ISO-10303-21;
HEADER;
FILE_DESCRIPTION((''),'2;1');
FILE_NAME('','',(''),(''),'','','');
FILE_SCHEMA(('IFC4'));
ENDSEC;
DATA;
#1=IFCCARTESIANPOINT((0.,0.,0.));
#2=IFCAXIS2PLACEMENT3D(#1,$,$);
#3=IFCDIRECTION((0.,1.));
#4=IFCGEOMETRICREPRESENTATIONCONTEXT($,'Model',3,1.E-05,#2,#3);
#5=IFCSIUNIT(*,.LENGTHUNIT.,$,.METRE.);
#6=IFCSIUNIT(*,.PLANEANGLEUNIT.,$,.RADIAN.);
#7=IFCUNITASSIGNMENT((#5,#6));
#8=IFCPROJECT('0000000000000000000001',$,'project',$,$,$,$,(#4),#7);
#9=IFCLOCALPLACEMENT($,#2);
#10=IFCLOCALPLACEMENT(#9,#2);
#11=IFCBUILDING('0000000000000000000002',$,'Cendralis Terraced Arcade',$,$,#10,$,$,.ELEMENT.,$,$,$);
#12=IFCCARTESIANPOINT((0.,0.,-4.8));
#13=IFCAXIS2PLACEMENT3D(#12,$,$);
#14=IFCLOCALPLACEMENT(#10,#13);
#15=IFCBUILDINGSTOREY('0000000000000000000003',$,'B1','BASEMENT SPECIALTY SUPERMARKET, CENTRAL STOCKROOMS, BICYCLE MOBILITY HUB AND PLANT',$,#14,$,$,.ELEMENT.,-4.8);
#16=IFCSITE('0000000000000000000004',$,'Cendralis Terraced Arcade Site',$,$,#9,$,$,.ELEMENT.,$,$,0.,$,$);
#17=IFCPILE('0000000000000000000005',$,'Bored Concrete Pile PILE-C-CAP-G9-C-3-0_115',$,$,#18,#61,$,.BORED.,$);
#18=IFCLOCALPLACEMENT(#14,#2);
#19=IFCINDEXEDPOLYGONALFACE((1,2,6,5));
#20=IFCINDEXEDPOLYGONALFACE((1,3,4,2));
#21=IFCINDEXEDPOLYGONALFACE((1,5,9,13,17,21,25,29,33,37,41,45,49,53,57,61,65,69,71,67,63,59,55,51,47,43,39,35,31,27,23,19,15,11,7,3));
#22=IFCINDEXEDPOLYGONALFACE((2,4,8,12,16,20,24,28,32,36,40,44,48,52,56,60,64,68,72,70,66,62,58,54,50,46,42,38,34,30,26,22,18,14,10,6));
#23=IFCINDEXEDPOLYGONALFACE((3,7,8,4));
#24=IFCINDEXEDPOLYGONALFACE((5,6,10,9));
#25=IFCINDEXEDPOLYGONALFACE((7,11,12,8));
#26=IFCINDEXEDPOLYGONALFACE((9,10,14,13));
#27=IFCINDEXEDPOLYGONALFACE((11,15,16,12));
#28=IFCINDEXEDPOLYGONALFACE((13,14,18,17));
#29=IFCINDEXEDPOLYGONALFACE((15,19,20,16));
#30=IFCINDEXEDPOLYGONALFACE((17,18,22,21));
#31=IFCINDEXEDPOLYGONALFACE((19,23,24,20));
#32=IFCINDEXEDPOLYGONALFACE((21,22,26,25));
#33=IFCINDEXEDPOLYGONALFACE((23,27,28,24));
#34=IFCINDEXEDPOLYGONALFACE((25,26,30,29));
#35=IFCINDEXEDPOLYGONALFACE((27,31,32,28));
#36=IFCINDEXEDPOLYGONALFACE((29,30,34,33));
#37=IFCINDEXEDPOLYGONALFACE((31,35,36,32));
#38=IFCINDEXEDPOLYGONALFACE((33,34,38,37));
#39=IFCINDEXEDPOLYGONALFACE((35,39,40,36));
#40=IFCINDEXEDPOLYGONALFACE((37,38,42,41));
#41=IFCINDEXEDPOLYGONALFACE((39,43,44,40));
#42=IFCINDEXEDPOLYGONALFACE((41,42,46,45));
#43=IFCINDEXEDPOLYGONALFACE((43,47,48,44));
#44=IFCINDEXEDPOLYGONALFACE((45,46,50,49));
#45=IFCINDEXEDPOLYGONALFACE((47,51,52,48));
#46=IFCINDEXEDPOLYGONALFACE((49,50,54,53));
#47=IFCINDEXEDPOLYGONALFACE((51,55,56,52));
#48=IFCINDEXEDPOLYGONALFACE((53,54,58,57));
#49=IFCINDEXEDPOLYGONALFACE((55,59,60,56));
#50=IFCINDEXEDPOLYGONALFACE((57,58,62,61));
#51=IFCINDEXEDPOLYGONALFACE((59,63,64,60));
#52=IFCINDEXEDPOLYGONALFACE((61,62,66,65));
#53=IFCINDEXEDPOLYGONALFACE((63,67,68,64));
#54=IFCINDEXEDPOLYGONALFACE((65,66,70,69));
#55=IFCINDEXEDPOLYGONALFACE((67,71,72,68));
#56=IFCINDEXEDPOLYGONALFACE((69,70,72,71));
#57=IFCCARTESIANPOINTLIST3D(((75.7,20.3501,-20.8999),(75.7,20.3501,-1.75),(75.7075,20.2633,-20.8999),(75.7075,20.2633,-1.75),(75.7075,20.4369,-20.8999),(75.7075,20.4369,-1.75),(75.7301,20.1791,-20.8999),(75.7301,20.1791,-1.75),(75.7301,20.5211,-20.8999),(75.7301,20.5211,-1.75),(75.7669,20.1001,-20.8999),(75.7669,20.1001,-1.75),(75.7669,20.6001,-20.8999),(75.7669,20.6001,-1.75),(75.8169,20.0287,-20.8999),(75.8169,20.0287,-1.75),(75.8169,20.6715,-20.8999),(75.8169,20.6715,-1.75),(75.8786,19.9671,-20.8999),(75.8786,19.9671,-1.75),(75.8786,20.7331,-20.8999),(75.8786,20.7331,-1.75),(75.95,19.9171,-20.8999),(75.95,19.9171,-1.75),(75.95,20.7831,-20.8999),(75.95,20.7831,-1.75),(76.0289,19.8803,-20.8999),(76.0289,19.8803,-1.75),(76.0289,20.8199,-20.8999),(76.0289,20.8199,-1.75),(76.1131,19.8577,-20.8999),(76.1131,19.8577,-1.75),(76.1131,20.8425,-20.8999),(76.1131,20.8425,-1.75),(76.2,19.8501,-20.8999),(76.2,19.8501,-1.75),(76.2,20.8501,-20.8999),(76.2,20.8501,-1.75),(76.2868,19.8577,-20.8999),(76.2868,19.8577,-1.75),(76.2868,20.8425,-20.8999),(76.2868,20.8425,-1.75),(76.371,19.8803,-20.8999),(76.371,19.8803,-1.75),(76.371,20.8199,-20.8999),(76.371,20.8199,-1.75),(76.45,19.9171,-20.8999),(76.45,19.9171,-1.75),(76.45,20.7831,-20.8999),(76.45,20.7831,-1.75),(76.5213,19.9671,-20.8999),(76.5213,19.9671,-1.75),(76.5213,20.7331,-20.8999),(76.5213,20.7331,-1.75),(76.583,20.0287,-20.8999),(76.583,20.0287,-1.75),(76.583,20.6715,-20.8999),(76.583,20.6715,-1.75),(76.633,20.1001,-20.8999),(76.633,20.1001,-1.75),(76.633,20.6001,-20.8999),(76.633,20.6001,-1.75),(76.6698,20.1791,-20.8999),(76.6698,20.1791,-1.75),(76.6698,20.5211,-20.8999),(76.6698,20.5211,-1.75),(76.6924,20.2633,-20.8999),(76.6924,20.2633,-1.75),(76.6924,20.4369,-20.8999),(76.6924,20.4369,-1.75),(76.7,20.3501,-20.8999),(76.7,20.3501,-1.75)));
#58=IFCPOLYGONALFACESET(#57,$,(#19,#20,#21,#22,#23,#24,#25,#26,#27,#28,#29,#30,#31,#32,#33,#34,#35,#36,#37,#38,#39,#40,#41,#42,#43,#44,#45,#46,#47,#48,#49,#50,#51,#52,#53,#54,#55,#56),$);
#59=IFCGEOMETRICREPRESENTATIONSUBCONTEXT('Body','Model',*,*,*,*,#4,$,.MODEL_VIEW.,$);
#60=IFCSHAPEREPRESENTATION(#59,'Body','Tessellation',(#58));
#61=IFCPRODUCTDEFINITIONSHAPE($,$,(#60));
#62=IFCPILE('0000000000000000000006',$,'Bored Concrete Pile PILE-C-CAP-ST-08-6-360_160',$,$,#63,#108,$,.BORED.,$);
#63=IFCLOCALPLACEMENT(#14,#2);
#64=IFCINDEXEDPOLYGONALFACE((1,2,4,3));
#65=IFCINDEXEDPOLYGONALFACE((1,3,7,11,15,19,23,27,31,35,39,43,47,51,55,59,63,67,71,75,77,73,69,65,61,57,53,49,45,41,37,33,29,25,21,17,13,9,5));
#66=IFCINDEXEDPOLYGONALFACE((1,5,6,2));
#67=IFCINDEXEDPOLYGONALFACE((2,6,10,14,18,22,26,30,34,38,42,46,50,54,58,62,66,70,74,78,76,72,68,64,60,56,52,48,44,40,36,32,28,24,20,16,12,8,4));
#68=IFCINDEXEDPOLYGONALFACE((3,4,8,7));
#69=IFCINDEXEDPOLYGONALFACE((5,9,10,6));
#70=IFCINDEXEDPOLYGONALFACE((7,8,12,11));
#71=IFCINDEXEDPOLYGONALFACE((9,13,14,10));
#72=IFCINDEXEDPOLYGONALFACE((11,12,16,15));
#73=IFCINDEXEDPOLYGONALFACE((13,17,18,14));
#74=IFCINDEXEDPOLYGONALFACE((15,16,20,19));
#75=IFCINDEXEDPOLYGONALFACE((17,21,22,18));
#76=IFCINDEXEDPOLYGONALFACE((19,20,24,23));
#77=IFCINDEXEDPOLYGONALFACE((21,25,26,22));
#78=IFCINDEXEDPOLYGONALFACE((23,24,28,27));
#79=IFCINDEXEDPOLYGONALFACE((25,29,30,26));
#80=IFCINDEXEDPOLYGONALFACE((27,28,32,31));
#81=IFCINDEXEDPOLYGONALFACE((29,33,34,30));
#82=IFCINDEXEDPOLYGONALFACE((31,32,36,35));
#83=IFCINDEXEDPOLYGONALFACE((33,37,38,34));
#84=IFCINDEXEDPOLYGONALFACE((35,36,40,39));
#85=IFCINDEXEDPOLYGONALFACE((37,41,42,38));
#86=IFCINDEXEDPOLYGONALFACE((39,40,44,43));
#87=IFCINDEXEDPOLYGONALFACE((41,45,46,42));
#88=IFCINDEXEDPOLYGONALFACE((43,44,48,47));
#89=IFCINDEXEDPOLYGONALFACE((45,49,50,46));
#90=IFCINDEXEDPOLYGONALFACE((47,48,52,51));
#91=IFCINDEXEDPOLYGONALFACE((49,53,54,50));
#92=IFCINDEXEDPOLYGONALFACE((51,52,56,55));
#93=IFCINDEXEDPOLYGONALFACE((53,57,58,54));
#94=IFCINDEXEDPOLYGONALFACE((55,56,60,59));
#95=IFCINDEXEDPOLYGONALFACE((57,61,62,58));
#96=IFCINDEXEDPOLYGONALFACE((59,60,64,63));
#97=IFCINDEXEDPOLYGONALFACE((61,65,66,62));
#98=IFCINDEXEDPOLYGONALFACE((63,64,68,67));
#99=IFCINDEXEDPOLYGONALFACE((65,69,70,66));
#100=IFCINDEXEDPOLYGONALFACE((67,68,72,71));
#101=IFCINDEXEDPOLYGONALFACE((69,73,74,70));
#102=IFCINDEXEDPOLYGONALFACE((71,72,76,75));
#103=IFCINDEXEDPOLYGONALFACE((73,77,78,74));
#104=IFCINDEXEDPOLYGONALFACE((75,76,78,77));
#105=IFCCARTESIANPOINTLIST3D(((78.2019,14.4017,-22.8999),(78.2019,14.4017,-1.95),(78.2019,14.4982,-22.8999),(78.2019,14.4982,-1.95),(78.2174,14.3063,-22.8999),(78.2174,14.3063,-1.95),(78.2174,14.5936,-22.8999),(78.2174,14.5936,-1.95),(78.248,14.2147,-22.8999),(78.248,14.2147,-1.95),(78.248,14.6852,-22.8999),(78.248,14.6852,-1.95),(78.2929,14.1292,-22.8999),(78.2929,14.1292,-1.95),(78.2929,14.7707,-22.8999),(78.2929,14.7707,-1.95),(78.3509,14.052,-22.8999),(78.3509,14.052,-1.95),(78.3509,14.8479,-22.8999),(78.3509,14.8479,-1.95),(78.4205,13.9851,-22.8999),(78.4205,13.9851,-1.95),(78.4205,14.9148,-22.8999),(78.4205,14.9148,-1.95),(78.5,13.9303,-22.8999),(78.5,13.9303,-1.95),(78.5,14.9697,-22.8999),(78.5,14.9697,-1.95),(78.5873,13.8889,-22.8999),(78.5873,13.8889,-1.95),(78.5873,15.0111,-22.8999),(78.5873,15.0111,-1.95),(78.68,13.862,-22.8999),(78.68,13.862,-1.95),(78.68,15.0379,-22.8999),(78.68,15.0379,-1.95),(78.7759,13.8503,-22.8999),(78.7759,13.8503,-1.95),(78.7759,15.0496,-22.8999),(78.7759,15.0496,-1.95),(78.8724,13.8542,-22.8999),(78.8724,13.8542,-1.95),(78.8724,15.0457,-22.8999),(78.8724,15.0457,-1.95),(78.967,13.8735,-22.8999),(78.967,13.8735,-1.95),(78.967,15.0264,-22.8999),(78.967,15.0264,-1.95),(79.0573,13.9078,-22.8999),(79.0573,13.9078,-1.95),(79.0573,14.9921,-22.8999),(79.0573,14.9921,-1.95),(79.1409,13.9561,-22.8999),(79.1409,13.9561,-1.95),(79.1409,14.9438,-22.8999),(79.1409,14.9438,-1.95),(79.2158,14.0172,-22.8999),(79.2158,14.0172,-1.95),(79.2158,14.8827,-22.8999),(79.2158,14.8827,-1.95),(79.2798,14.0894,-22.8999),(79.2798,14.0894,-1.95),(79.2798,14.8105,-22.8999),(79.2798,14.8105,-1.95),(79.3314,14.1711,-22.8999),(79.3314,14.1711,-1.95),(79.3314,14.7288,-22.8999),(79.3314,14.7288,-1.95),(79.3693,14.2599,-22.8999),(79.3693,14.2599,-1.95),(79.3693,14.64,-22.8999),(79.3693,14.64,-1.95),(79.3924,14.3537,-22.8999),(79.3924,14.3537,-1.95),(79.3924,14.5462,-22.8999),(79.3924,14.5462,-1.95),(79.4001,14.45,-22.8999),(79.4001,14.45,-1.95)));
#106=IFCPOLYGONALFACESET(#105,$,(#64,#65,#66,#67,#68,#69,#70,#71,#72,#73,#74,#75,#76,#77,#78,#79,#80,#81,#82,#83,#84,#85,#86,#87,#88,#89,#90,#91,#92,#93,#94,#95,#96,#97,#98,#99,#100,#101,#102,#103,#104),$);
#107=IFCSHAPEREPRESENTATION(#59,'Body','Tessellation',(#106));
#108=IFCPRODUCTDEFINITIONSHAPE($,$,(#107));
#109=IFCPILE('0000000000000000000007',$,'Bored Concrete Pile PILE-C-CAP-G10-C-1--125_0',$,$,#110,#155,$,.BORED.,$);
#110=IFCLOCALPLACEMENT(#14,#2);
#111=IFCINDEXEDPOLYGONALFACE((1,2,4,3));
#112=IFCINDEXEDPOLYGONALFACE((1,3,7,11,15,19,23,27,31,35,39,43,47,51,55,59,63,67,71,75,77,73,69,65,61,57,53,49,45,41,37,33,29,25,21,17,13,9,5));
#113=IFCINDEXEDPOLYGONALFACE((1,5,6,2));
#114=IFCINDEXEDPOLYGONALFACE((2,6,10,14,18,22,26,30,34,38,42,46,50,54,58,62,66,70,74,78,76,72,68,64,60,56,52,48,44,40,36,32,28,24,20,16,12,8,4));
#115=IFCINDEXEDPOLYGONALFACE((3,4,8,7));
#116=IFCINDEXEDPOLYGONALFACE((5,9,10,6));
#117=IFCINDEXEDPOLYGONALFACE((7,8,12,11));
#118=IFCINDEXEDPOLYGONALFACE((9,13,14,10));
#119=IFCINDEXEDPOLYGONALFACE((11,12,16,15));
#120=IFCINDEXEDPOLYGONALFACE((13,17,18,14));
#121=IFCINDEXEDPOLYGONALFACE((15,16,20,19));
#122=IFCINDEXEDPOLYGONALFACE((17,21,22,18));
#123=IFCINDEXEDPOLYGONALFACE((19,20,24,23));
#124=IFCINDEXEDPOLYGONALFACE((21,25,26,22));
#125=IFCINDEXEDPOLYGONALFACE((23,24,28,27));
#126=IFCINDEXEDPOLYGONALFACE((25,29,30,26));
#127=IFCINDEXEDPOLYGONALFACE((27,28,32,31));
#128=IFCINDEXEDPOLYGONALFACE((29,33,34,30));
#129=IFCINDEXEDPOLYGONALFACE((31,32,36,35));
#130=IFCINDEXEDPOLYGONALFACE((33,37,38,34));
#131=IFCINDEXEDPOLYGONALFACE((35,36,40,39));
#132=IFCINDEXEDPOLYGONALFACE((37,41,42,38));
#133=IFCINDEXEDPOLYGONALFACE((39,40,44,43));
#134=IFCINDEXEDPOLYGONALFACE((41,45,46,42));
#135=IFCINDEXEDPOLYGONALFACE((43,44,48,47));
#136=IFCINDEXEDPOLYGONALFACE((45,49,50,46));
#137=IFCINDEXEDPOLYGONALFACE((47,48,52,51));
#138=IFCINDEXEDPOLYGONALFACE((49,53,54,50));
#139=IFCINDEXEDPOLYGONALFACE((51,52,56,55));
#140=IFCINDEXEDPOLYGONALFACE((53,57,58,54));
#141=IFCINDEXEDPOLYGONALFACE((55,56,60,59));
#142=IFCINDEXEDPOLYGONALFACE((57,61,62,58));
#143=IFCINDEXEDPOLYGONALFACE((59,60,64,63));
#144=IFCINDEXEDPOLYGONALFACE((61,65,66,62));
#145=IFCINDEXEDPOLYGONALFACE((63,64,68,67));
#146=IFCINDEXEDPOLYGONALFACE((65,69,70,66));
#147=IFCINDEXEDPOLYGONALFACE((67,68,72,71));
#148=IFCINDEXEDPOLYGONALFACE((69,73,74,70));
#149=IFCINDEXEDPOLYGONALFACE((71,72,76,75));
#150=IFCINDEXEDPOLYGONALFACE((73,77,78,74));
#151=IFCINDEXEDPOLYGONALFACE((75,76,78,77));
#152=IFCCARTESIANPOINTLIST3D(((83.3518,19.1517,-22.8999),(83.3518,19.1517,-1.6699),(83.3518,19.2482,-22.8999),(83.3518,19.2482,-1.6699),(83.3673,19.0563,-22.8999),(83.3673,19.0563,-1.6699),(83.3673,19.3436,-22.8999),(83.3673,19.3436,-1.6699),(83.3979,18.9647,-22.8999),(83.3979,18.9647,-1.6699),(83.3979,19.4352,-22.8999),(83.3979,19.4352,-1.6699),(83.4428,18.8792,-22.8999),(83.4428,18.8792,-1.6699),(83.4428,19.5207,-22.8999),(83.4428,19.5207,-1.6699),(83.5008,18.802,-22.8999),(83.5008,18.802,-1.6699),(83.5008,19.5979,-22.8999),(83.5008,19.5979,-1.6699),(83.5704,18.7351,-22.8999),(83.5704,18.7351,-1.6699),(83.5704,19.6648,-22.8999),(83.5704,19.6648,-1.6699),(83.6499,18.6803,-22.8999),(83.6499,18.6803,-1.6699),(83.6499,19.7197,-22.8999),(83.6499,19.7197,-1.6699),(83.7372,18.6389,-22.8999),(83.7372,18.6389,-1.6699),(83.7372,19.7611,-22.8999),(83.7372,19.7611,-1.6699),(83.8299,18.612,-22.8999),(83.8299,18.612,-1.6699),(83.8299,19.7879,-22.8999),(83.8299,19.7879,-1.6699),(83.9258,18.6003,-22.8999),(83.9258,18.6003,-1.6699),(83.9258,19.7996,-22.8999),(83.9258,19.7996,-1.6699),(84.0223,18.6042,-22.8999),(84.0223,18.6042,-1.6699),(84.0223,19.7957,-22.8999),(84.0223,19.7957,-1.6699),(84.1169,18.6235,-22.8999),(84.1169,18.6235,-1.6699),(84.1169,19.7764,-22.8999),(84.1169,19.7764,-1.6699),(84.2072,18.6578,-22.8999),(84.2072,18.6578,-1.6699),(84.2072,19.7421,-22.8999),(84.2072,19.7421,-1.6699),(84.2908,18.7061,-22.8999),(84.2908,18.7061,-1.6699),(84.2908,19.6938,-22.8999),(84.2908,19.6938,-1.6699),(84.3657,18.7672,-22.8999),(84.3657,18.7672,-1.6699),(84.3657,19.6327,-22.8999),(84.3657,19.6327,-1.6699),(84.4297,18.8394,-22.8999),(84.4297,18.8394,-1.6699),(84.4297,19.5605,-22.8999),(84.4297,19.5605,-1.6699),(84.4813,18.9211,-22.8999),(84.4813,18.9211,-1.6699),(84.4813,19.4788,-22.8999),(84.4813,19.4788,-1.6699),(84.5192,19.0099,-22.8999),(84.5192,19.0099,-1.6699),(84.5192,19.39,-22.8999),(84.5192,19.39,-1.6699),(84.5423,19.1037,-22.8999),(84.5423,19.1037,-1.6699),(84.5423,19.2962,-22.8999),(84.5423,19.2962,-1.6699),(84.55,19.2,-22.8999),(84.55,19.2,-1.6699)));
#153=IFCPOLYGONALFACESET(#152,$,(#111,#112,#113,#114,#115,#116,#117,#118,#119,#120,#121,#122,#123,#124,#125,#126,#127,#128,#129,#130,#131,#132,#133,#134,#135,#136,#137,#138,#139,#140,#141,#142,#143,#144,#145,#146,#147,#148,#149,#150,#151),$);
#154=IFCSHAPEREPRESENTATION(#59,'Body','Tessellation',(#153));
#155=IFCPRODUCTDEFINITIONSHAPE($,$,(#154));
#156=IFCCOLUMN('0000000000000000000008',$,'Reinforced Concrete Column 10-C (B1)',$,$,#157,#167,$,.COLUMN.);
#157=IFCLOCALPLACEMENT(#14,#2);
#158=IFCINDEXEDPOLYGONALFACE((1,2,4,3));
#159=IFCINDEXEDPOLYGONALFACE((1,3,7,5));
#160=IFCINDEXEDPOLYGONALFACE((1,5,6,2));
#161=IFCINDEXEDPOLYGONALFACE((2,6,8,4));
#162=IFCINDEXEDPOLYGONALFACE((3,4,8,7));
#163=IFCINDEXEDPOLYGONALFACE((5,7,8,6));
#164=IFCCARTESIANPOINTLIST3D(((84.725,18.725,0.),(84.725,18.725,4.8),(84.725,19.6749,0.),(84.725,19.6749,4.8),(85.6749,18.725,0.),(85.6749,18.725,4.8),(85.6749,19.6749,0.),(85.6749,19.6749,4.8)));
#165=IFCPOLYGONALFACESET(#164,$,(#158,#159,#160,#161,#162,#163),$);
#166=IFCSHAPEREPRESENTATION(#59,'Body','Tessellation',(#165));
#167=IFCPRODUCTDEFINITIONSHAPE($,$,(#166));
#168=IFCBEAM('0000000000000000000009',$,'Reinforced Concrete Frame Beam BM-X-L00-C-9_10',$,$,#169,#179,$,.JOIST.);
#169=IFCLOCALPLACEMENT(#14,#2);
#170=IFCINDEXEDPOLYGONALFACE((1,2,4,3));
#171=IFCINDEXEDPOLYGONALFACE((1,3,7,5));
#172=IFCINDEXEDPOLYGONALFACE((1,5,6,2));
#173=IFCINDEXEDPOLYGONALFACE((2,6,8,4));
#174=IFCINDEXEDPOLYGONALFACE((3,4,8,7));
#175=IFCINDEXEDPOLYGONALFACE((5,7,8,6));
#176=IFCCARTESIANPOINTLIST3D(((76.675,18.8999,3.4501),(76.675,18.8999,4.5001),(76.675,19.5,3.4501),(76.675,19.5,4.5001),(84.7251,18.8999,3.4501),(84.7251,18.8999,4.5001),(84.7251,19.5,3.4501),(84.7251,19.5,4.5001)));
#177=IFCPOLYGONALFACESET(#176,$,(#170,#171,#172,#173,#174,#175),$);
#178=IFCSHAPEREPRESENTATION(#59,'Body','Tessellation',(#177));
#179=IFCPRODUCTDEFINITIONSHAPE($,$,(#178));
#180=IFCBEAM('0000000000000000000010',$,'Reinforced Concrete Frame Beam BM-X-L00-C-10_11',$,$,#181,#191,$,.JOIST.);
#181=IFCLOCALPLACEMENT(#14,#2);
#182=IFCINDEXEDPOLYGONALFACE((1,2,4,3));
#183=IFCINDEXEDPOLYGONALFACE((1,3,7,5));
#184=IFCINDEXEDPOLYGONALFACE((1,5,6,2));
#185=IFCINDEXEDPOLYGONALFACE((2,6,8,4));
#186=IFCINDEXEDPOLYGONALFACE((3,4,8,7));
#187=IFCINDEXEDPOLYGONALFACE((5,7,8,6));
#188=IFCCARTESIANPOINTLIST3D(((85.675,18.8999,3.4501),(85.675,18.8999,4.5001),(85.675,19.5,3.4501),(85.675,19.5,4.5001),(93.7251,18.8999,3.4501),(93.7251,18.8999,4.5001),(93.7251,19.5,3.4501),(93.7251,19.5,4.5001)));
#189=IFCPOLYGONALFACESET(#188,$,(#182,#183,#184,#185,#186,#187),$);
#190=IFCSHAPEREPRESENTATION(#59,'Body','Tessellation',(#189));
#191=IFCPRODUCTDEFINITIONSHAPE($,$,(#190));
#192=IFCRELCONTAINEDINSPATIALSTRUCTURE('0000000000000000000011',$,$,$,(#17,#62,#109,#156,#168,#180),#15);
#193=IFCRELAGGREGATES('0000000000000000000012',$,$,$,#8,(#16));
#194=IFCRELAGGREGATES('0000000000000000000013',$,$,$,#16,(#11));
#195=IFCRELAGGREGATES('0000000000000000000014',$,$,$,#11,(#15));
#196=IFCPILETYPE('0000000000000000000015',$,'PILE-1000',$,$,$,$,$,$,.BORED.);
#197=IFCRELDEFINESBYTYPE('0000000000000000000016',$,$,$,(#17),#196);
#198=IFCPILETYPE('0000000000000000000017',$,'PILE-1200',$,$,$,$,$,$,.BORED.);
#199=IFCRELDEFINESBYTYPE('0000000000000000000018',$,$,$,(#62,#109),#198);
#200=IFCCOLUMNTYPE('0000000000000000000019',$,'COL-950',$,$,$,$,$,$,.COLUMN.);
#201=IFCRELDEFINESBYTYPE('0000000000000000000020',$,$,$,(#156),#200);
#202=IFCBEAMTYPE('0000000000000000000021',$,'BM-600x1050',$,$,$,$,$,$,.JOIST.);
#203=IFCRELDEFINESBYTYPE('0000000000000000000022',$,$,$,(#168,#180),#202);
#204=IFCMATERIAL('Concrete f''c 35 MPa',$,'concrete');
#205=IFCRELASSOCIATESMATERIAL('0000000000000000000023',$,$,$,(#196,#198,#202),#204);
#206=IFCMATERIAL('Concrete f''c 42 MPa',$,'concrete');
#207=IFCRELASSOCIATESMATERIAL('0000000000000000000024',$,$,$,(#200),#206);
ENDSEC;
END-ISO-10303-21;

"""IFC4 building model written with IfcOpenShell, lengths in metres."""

from ifc_helpers import new_model, si_unit, direction, frame, origin, origin_2d, place, context, subcontext, project, spatial, rectangle, circle, extrude, material, material_profile, profile_set, type_object, element, save


model = new_model("IFC4")

# Units and contexts
model_context = context("Model", 3, precision=1e-05, world=origin(), true_north=direction((0.0, 1.0)))
body_context = subcontext(model_context, "Body", "Model", "MODEL_VIEW")
ifc_project = project(units=[si_unit("LENGTHUNIT", "METRE"), si_unit("PLANEANGLEUNIT", "RADIAN")], contexts=[model_context])

# Site, building, storey
site_placement = place(None, origin())
site = spatial("IfcSite", under=ifc_project, at=site_placement, Name="Cendralis Terraced Arcade Site", CompositionType="ELEMENT", RefElevation=0.0)
building_placement = place(site_placement, origin())
building = spatial("IfcBuilding", under=site, at=building_placement, Name="Cendralis Terraced Arcade", CompositionType="ELEMENT")
storey_placement = place(building_placement, frame((0.0, 0.0, -4.8)))
storey = spatial("IfcBuildingStorey", under=building, at=storey_placement, Name="B1", Description="BASEMENT SPECIALTY SUPERMARKET, CENTRAL STOCKROOMS, BICYCLE MOBILITY HUB AND PLANT", CompositionType="ELEMENT", Elevation=-4.8)

# Shared definitions
ifc_material_1 = material(Name="Concrete f'c 35 MPa", Category="concrete")

# Piles
ifc_material_profile_1 = material_profile(ifc_material_1, circle(Radius=0.5, at=origin_2d()), Name="PILE-D1000", Category="LoadBearing")
ifc_profile_set_1 = profile_set([ifc_material_profile_1], Name="Concrete f'c 35 MPa")
pile_type_1 = type_object("IfcPileType", Name="PILE-1000", PredefinedType="BORED", material=ifc_profile_set_1)
for number, where, z_axis, x_axis, name in (
    (1, (76.2, 20.3501, -1.75), (0.0, 0.0, -1.0), (1.0, 0.0, 0.0), "Bored Concrete Pile PILE-C-CAP-G9-C-3-0_115"),
):
    element("IfcPile", number, at=place(storey_placement, frame(where, z_axis=z_axis, x_axis=x_axis)), inside=storey, type_object=pile_type_1, Name=name, PredefinedType="BORED", context=body_context, shape_type="SweptSolid", body=[
        extrude(circle(Radius=0.5, at=origin_2d()), origin(), (0.0, 0.0, 1.0), 19.1499),
    ])
ifc_material_profile_2 = material_profile(ifc_material_1, circle(Radius=0.6001, at=origin_2d()), Name="PILE-D1200", Category="LoadBearing")
ifc_profile_set_2 = profile_set([ifc_material_profile_2], Name="Concrete f'c 35 MPa")
pile_type_2 = type_object("IfcPileType", Name="PILE-1200", PredefinedType="BORED", material=ifc_profile_set_2)
pile_1_placement = place(storey_placement, frame((78.8, 14.45, -1.95), z_axis=(0.0, 0.0, -1.0), x_axis=(1.0, 0.0, 0.0)))
element("IfcPile", 2, at=pile_1_placement, inside=storey, type_object=pile_type_2, Name="Bored Concrete Pile PILE-C-CAP-ST-08-6-360_160", PredefinedType="BORED", context=body_context, shape_type="SweptSolid", body=[
    extrude(circle(Radius=0.6001, at=origin_2d()), origin(), (0.0, 0.0, 1.0), 20.95),
])
pile_2_placement = place(storey_placement, frame((83.95, 19.2, -1.6699), z_axis=(0.0, 0.0, -1.0), x_axis=(1.0, 0.0, 0.0)))
element("IfcPile", 3, at=pile_2_placement, inside=storey, type_object=pile_type_2, Name="Bored Concrete Pile PILE-C-CAP-G10-C-1--125_0", PredefinedType="BORED", context=body_context, shape_type="SweptSolid", body=[
    extrude(circle(Radius=0.6001, at=origin_2d()), origin(), (0.0, 0.0, 1.0), 21.23),
])

# Column
ifc_material_2 = material(Name="Concrete f'c 42 MPa", Category="concrete")
ifc_material_profile_3 = material_profile(ifc_material_2, rectangle(XDim=0.95, YDim=0.95, at=origin_2d()), Name="RC-COL-950x950", Category="LoadBearing")
ifc_profile_set_3 = profile_set([ifc_material_profile_3], Name="Concrete f'c 42 MPa")
column_type = type_object("IfcColumnType", Name="COL-950", PredefinedType="COLUMN", material=ifc_profile_set_3)
column_placement = place(storey_placement, frame((85.2, 19.2, 0.0), z_axis=(0.0, 0.0, 1.0), x_axis=(1.0, 0.0, 0.0)))
element("IfcColumn", 4, at=column_placement, inside=storey, type_object=column_type, Name="Reinforced Concrete Column 10-C (B1)", PredefinedType="COLUMN", context=body_context, shape_type="SweptSolid", body=[
    extrude(rectangle(XDim=0.95, YDim=0.95, at=origin_2d()), origin(), (0.0, 0.0, 1.0), 4.8),
])

# Beams
ifc_material_profile_4 = material_profile(ifc_material_1, rectangle(XDim=0.6001, YDim=1.05, at=origin_2d()), Name="RC-BM-600x1050", Category="LoadBearing")
ifc_profile_set_4 = profile_set([ifc_material_profile_4], Name="Concrete f'c 35 MPa")
beam_type = type_object("IfcBeamType", Name="BM-600x1050", PredefinedType="JOIST", material=ifc_profile_set_4)
for number, where, z_axis, x_axis, name in (
    (5, (76.675, 19.2, 3.9751), (1.0, 0.0, 0.0), (0.0, 1.0, 0.0), "Reinforced Concrete Frame Beam BM-X-L00-C-9_10"),
    (6, (85.675, 19.2, 3.9751), (1.0, 0.0, 0.0), (0.0, 1.0, 0.0), "Reinforced Concrete Frame Beam BM-X-L00-C-10_11"),
):
    element("IfcBeam", number, at=place(storey_placement, frame(where, z_axis=z_axis, x_axis=x_axis)), inside=storey, type_object=beam_type, Name=name, PredefinedType="JOIST", context=body_context, shape_type="SweptSolid", body=[
        extrude(rectangle(XDim=0.6001, YDim=1.05, at=origin_2d()), origin(), (0.0, 0.0, 1.0), 8.05),
    ])

save(model, "model.ifc")
